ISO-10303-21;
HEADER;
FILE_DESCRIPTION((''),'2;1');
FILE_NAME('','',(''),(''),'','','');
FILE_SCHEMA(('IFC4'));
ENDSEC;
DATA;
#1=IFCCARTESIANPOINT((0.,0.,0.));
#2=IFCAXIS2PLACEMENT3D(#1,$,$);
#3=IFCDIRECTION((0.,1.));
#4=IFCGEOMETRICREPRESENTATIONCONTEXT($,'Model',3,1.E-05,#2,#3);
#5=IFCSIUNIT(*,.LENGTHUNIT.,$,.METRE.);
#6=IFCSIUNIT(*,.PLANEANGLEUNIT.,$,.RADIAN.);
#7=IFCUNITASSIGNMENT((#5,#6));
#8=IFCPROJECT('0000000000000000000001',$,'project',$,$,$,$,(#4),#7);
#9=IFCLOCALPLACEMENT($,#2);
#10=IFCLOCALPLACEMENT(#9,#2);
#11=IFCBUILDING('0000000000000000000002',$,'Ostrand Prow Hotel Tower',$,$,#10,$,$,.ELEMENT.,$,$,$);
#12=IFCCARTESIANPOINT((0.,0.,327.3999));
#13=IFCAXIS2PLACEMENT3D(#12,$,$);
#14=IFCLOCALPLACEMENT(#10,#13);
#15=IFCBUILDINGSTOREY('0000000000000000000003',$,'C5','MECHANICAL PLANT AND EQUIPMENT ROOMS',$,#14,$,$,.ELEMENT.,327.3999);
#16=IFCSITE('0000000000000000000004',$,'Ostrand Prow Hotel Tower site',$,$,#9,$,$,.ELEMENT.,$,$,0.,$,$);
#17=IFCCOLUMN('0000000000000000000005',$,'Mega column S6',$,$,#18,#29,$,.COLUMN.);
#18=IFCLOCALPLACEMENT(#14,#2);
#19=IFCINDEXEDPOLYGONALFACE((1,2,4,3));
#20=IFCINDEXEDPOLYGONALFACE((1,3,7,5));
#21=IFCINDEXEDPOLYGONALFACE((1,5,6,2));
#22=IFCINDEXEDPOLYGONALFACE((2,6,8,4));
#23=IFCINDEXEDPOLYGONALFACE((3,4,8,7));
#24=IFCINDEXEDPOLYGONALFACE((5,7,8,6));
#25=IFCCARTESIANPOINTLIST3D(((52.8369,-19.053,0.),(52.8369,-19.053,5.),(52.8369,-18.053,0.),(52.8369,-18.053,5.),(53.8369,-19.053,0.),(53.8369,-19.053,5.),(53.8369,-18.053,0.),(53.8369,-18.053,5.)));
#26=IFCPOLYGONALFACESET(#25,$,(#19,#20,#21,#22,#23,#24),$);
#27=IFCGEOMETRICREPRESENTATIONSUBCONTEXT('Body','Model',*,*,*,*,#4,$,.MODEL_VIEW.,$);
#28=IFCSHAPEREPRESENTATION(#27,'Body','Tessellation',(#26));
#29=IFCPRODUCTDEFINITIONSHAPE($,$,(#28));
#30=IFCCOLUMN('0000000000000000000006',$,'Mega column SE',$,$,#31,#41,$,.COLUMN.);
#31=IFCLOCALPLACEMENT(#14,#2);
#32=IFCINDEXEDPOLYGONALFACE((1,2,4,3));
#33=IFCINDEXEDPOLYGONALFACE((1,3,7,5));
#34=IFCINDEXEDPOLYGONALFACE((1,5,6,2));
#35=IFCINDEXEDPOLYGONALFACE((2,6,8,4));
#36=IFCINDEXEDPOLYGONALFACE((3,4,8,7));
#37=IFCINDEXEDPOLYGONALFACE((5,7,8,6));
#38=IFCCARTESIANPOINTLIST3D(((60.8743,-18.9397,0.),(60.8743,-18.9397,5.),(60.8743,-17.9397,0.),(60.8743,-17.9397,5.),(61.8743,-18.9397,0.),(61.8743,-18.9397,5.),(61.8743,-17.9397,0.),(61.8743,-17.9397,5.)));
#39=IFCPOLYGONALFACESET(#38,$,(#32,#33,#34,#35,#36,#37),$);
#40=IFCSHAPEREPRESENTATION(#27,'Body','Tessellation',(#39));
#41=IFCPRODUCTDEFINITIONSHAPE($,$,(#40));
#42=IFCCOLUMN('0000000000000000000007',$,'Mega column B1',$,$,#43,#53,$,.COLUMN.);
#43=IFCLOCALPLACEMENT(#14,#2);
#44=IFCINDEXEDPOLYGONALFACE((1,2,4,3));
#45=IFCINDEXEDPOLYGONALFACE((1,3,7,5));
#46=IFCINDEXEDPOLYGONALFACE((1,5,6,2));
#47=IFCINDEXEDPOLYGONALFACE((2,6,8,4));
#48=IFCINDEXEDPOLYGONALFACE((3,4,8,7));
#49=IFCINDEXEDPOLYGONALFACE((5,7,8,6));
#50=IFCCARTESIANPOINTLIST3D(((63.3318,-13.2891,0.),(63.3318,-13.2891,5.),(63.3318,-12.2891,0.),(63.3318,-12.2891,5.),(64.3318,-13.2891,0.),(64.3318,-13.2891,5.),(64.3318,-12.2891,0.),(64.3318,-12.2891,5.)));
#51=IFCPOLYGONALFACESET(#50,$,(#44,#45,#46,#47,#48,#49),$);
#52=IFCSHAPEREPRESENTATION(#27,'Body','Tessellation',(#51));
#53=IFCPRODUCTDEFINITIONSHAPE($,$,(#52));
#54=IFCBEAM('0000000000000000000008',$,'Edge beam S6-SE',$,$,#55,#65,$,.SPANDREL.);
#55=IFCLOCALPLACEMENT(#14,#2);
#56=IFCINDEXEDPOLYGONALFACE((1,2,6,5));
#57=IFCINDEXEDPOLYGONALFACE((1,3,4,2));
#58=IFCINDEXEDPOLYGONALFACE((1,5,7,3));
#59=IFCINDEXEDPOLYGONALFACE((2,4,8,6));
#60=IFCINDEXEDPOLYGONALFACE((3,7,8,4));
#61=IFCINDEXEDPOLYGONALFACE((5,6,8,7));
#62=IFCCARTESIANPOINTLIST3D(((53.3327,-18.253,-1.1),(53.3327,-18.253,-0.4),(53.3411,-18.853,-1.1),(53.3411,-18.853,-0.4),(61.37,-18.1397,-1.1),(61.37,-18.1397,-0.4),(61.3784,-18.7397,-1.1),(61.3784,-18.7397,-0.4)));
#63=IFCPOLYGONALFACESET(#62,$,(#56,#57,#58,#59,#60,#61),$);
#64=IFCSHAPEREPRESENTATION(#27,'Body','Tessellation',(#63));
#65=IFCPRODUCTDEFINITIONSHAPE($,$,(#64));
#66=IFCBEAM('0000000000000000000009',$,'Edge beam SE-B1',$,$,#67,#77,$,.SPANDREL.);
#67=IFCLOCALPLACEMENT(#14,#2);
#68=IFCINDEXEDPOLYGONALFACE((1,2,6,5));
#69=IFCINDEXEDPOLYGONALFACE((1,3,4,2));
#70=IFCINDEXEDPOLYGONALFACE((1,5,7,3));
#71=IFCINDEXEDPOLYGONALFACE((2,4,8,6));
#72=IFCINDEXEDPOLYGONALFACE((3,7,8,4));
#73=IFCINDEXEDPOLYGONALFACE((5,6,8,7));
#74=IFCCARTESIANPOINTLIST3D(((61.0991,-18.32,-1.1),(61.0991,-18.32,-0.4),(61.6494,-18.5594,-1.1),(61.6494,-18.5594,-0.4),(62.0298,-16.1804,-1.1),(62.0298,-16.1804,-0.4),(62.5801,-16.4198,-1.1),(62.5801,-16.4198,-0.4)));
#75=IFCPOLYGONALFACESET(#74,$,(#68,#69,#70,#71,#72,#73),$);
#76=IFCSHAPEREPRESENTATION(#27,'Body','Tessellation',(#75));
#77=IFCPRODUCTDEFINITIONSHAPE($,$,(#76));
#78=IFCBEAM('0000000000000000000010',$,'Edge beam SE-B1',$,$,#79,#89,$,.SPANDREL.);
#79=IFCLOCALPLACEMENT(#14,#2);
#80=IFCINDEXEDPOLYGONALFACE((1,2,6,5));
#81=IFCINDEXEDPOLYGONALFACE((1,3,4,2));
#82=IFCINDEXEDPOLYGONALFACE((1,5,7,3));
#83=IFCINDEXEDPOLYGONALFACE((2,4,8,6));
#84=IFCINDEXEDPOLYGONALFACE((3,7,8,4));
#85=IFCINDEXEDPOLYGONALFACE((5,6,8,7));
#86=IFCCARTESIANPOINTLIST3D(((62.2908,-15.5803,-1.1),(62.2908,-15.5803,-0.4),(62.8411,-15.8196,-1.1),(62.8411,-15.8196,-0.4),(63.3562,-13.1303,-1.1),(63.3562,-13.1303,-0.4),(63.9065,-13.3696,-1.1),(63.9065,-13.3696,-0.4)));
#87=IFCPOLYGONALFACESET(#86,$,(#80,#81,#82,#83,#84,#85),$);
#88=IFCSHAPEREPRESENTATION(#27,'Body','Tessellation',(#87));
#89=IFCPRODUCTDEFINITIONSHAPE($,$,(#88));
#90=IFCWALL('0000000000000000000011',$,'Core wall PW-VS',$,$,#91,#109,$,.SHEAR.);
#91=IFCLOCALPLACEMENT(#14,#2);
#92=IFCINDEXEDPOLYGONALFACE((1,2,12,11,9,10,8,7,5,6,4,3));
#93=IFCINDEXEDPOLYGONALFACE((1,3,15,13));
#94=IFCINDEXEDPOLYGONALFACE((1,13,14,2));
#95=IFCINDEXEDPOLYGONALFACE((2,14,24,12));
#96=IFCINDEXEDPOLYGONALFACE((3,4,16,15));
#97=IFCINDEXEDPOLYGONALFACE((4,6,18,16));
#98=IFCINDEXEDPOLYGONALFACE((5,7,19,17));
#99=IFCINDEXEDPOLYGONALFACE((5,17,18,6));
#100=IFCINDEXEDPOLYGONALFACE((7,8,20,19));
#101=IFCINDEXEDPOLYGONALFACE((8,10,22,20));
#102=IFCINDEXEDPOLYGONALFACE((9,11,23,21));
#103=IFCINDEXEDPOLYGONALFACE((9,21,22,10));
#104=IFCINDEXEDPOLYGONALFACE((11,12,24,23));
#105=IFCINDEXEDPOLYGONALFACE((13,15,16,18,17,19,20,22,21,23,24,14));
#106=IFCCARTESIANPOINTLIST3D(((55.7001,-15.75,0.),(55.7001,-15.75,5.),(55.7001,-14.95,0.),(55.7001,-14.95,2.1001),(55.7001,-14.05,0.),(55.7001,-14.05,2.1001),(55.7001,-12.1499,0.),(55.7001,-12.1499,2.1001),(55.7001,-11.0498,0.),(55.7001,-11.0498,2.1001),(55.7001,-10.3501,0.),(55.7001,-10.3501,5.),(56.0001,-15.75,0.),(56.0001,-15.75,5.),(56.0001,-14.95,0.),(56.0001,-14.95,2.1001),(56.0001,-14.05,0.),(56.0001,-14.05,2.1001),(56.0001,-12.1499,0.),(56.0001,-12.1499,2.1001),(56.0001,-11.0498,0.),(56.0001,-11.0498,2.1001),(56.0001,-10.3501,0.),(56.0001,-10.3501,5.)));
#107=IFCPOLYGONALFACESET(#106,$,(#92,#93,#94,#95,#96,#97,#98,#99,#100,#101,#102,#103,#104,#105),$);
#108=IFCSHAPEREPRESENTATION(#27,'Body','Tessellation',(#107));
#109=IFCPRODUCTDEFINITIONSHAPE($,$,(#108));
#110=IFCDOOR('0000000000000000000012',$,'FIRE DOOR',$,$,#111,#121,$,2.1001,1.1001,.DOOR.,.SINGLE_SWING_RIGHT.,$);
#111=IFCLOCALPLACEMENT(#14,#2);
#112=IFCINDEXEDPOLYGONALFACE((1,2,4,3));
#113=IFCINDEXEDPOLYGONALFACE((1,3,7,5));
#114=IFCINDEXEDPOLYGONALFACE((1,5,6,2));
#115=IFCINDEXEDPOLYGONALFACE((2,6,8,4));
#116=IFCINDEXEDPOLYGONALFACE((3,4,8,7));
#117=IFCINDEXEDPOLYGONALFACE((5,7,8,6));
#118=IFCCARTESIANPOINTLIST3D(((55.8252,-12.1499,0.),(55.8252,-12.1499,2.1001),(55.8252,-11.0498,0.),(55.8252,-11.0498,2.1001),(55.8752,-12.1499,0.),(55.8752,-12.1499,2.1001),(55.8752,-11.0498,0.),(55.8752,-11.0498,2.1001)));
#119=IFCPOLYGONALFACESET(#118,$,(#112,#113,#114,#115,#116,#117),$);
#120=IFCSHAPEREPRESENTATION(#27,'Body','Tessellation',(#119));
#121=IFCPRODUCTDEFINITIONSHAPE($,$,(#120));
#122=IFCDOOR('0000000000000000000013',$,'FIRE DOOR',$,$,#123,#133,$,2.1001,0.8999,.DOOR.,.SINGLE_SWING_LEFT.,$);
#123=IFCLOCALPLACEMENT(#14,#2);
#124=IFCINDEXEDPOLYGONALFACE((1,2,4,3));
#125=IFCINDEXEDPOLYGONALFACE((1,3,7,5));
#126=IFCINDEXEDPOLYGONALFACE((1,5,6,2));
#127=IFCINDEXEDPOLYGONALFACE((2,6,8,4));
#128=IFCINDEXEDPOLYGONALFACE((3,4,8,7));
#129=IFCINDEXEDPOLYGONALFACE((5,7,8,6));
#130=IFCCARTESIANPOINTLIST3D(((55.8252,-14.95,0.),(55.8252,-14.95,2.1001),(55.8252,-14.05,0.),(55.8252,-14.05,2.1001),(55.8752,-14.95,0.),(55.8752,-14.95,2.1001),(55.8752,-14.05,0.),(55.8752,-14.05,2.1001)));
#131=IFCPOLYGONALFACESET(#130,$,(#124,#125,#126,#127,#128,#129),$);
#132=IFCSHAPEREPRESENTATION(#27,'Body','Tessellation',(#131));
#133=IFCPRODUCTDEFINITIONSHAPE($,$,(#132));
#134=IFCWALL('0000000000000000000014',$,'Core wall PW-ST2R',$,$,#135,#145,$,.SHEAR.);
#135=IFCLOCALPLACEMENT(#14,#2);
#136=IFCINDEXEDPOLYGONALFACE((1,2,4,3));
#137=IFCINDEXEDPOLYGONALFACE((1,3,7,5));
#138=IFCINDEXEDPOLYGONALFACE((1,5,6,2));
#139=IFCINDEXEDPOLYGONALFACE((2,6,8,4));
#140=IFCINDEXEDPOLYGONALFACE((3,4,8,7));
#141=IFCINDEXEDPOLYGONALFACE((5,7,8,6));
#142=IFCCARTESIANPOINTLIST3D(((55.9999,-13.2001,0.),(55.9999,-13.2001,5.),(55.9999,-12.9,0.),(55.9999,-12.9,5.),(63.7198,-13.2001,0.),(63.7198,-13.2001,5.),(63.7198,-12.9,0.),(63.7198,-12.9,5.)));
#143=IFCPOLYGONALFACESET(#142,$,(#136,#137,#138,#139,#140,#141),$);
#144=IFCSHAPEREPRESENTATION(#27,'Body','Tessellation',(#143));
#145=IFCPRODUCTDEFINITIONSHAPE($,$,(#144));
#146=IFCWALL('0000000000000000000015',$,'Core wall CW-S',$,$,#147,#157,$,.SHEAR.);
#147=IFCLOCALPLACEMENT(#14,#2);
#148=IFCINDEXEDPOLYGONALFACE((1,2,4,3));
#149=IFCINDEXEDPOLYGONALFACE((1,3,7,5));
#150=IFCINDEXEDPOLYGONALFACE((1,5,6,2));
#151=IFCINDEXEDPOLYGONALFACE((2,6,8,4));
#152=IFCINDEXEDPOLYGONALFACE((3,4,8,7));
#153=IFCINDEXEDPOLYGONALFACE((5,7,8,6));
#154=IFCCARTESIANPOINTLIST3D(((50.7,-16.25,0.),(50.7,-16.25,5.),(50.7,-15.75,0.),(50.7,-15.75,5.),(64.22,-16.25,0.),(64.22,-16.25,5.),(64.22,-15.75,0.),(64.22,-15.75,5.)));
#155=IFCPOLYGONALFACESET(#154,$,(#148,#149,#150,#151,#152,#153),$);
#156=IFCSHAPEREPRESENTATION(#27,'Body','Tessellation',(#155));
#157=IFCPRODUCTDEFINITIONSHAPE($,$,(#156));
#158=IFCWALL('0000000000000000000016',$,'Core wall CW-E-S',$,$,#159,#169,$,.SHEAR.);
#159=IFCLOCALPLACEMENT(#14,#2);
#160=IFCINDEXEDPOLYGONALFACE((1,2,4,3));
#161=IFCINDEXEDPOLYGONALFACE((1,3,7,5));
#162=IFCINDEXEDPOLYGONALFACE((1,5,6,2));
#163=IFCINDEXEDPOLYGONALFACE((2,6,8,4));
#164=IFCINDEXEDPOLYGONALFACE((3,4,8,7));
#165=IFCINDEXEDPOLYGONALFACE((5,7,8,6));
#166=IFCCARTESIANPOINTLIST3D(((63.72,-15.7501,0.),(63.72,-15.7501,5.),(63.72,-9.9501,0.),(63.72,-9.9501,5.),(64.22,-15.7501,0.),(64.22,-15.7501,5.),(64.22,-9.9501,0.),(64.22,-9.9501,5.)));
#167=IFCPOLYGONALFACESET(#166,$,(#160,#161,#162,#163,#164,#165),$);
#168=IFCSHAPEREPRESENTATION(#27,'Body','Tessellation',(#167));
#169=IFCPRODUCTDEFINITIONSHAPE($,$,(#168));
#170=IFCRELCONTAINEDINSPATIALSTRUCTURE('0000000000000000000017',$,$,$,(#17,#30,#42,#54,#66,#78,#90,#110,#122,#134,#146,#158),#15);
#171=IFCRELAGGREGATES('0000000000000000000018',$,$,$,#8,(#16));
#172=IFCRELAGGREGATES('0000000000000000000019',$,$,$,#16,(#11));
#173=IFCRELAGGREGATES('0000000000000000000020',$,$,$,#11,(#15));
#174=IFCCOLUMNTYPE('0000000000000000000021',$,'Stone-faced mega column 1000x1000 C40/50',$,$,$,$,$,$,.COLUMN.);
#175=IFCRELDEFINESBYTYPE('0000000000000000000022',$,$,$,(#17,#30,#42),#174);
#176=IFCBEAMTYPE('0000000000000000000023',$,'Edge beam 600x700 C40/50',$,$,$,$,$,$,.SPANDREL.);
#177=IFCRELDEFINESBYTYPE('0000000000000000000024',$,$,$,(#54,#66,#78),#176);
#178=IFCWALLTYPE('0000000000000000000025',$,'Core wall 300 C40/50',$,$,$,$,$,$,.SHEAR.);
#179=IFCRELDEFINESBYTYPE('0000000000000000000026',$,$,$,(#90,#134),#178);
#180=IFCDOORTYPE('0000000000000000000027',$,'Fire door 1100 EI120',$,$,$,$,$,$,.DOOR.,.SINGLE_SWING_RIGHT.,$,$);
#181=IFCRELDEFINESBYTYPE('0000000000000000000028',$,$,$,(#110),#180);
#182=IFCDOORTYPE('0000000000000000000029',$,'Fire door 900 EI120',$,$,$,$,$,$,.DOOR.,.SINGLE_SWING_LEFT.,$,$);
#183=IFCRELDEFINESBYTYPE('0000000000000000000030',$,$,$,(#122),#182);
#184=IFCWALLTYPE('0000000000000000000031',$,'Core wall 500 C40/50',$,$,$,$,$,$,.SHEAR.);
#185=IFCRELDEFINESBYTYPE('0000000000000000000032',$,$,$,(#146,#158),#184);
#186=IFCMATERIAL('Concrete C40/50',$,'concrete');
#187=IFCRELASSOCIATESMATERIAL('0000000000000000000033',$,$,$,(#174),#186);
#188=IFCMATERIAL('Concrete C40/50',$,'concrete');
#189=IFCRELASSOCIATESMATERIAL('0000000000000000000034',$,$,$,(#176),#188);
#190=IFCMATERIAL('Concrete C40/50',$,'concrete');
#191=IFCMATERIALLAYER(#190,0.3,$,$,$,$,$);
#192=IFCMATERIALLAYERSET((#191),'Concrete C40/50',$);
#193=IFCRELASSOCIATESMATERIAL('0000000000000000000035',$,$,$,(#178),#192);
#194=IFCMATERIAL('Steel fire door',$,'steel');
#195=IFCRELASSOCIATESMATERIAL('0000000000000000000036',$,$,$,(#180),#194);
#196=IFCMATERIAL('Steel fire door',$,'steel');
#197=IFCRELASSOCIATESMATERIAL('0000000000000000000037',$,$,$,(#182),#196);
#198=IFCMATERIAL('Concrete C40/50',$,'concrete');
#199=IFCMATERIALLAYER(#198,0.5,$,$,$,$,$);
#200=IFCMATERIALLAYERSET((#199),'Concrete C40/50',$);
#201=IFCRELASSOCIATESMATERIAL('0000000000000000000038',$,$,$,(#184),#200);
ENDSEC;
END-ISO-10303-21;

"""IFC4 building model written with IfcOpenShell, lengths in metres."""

from ifc_helpers import new_model, si_unit, direction, frame, frame_2d, origin, origin_2d, place, context, subcontext, project, spatial, rectangle, extrude, material, layer, layer_set, material_profile, profile_set, type_object, element, fill, save


model = new_model("IFC4")

# Units and contexts
model_context = context("Model", 3, precision=1e-05, world=origin(), true_north=direction((0.0, 1.0)))
body_context = subcontext(model_context, "Body", "Model", "MODEL_VIEW")
ifc_project = project(units=[si_unit("LENGTHUNIT", "METRE"), si_unit("PLANEANGLEUNIT", "RADIAN")], contexts=[model_context])

# Site, building, storey
site_placement = place(None, origin())
site = spatial("IfcSite", under=ifc_project, at=site_placement, Name="Ostrand Prow Hotel Tower site", CompositionType="ELEMENT", RefElevation=0.0)
building_placement = place(site_placement, origin())
building = spatial("IfcBuilding", under=site, at=building_placement, Name="Ostrand Prow Hotel Tower", CompositionType="ELEMENT")
storey_placement = place(building_placement, frame((0.0, 0.0, 327.3999)))
storey = spatial("IfcBuildingStorey", under=building, at=storey_placement, Name="C5", Description="MECHANICAL PLANT AND EQUIPMENT ROOMS", CompositionType="ELEMENT", Elevation=327.3999)

# Columns
ifc_material_1 = material(Name="Concrete C40/50", Category="concrete")
ifc_material_profile_1 = material_profile(ifc_material_1, rectangle(XDim=1.0, YDim=1.0, at=origin_2d()), Name="RC 1000x1000")
ifc_profile_set_1 = profile_set([ifc_material_profile_1], Name="Concrete C40/50")
column_type = type_object("IfcColumnType", Name="Stone-faced mega column 1000x1000 C40/50", PredefinedType="COLUMN", material=ifc_profile_set_1)
for number, where, z_axis, x_axis, name in (
    (1, (53.3369, -18.553, 0.0), (0.0, 0.0, 1.0), (1.0, 0.0, 0.0), "Mega column S6"),
    (2, (61.3743, -18.4397, 0.0), (0.0, 0.0, 1.0), (1.0, 0.0, 0.0), "Mega column SE"),
    (3, (63.8318, -12.7891, 0.0), (0.0, 0.0, 1.0), (1.0, 0.0, 0.0), "Mega column B1"),
):
    element("IfcColumn", number, at=place(storey_placement, frame(where, z_axis=z_axis, x_axis=x_axis)), inside=storey, type_object=column_type, Name=name, PredefinedType="COLUMN", context=body_context, shape_type="SweptSolid", body=[
        extrude(rectangle(XDim=1.0, YDim=1.0, at=origin_2d()), origin(), (0.0, 0.0, 1.0), 5.0),
    ])

# Beams
ifc_material_2 = material(Name="Concrete C40/50", Category="concrete")
ifc_material_profile_2 = material_profile(ifc_material_2, rectangle(XDim=0.6001, YDim=0.7, at=origin_2d()), Name="RC 600x700")
ifc_profile_set_2 = profile_set([ifc_material_profile_2], Name="Concrete C40/50")
beam_type = type_object("IfcBeamType", Name="Edge beam 600x700 C40/50", PredefinedType="SPANDREL", material=ifc_profile_set_2)
beam_1_placement = place(storey_placement, frame((53.3369, -18.553, -0.75), z_axis=(0.999901, 0.014093, 0.0), x_axis=(-0.014093, 0.999901, 0.0)))
element("IfcBeam", 4, at=beam_1_placement, inside=storey, type_object=beam_type, Name="Edge beam S6-SE", PredefinedType="SPANDREL", context=body_context, shape_type="SweptSolid", body=[
    extrude(rectangle(XDim=0.6001, YDim=0.7, at=origin_2d()), origin(), (0.0, 0.0, 1.0), 8.0381),
])
beam_2_placement = place(storey_placement, frame((61.3743, -18.4397, -0.75), z_axis=(0.398864, 0.91701, 0.0), x_axis=(-0.91701, 0.398864, 0.0)))
element("IfcBeam", 5, at=beam_2_placement, inside=storey, type_object=beam_type, Name="Edge beam SE-B1", PredefinedType="SPANDREL", context=body_context, shape_type="SweptSolid", body=[
    extrude(rectangle(XDim=0.6001, YDim=0.7, at=origin_2d()), origin(), (0.0, 0.0, 1.0), 2.3333),
])
beam_3_placement = place(storey_placement, frame((62.5659, -15.7, -0.75), z_axis=(0.3988, 0.917038, 0.0), x_axis=(-0.917038, 0.3988, 0.0)))
element("IfcBeam", 6, at=beam_3_placement, inside=storey, type_object=beam_type, Name="Edge beam SE-B1", PredefinedType="SPANDREL", context=body_context, shape_type="SweptSolid", body=[
    extrude(rectangle(XDim=0.6001, YDim=0.7, at=origin_2d()), origin(), (0.0, 0.0, 1.0), 2.6716),
])

# Wall, openings, doors
ifc_material_3 = material(Name="Concrete C40/50", Category="concrete")
ifc_layer_1 = layer(ifc_material_3, 0.3)
ifc_layer_set_1 = layer_set([ifc_layer_1], Name="Concrete C40/50")
wall_type_1 = type_object("IfcWallType", Name="Core wall 300 C40/50", PredefinedType="SHEAR", material=ifc_layer_set_1)
wall_1_placement = place(storey_placement, frame((55.8501, -15.75, 0.0), z_axis=(0.0, 0.0, 1.0), x_axis=(0.0, 1.0, 0.0)))
wall_1 = element("IfcWall", 7, at=wall_1_placement, inside=storey, type_object=wall_type_1, Name="Core wall PW-VS", PredefinedType="SHEAR", context=body_context, shape_type="SweptSolid", body=[
    extrude(rectangle(XDim=5.3999, YDim=0.3, at=frame_2d((2.7, 0.0))), origin(), (0.0, 0.0, 1.0), 5.0),
])
opening_1_placement = place(wall_1_placement, frame((3.6001, 0.0, 0.0)))
opening_1 = element("IfcOpeningElement", 8, at=opening_1_placement, cuts=wall_1, PredefinedType="OPENING", context=body_context, shape_type="SweptSolid", body=[
    extrude(rectangle(XDim=1.1001, YDim=2.1001, at=frame_2d((0.55, 1.05))), frame((0.0, 0.1599, 0.0), z_axis=(0.0, -1.0, 0.0), x_axis=(1.0, 0.0, 0.0)), (0.0, 0.0, 1.0), 0.3201),
])
opening_2_placement = place(wall_1_placement, frame((0.8, 0.0, 0.0)))
opening_2 = element("IfcOpeningElement", 9, at=opening_2_placement, cuts=wall_1, PredefinedType="OPENING", context=body_context, shape_type="SweptSolid", body=[
    extrude(rectangle(XDim=0.8999, YDim=2.1001, at=frame_2d((0.45, 1.05))), frame((0.0, 0.1599, 0.0), z_axis=(0.0, -1.0, 0.0), x_axis=(1.0, 0.0, 0.0)), (0.0, 0.0, 1.0), 0.3201),
])
ifc_material_4 = material(Name="Steel fire door", Category="steel")
door_type_1 = type_object("IfcDoorType", Name="Fire door 1100 EI120", OperationType="SINGLE_SWING_RIGHT", PredefinedType="DOOR", material=ifc_material_4)
door_1_placement = place(opening_1_placement, origin())
door_1 = element("IfcDoor", 10, at=door_1_placement, inside=storey, type_object=door_type_1, Name="FIRE DOOR", OperationType="SINGLE_SWING_RIGHT", OverallHeight=2.1001, OverallWidth=1.1001, PredefinedType="DOOR", context=body_context, shape_type="SweptSolid", body=[
    extrude(rectangle(XDim=1.1001, YDim=2.1001, at=frame_2d((0.55, 1.05))), frame((0.0, 0.0249, 0.0), z_axis=(0.0, -1.0, 0.0), x_axis=(1.0, 0.0, 0.0)), (0.0, 0.0, 1.0), 0.05),
])
fill(opening_1, door_1)
ifc_material_5 = material(Name="Steel fire door", Category="steel")
door_type_2 = type_object("IfcDoorType", Name="Fire door 900 EI120", OperationType="SINGLE_SWING_LEFT", PredefinedType="DOOR", material=ifc_material_5)
door_2_placement = place(opening_2_placement, origin())
door_2 = element("IfcDoor", 11, at=door_2_placement, inside=storey, type_object=door_type_2, Name="FIRE DOOR", OperationType="SINGLE_SWING_LEFT", OverallHeight=2.1001, OverallWidth=0.8999, PredefinedType="DOOR", context=body_context, shape_type="SweptSolid", body=[
    extrude(rectangle(XDim=0.8999, YDim=2.1001, at=frame_2d((0.45, 1.05))), frame((0.0, 0.0249, 0.0), z_axis=(0.0, -1.0, 0.0), x_axis=(1.0, 0.0, 0.0)), (0.0, 0.0, 1.0), 0.05),
])
fill(opening_2, door_2)

# Walls
wall_2_placement = place(storey_placement, frame((56.0, -13.05, 0.0), z_axis=(0.0, 0.0, 1.0), x_axis=(1.0, 0.0, 0.0)))
element("IfcWall", 12, at=wall_2_placement, inside=storey, type_object=wall_type_1, Name="Core wall PW-ST2R", PredefinedType="SHEAR", context=body_context, shape_type="SweptSolid", body=[
    extrude(rectangle(XDim=7.72, YDim=0.3, at=frame_2d((3.8599, 0.0))), origin(), (0.0, 0.0, 1.0), 5.0),
])
ifc_material_6 = material(Name="Concrete C40/50", Category="concrete")
ifc_layer_2 = layer(ifc_material_6, 0.5)
ifc_layer_set_2 = layer_set([ifc_layer_2], Name="Concrete C40/50")
wall_type_2 = type_object("IfcWallType", Name="Core wall 500 C40/50", PredefinedType="SHEAR", material=ifc_layer_set_2)
wall_3_placement = place(storey_placement, frame((50.7, -16.0, 0.0), z_axis=(0.0, 0.0, 1.0), x_axis=(1.0, 0.0, 0.0)))
element("IfcWall", 13, at=wall_3_placement, inside=storey, type_object=wall_type_2, Name="Core wall CW-S", PredefinedType="SHEAR", context=body_context, shape_type="SweptSolid", body=[
    extrude(rectangle(XDim=13.52, YDim=0.5, at=frame_2d((6.76, 0.0))), origin(), (0.0, 0.0, 1.0), 5.0),
])
wall_4_placement = place(storey_placement, frame((63.97, -15.75, 0.0), z_axis=(0.0, 0.0, 1.0), x_axis=(0.0, 1.0, 0.0)))
element("IfcWall", 14, at=wall_4_placement, inside=storey, type_object=wall_type_2, Name="Core wall CW-E-S", PredefinedType="SHEAR", context=body_context, shape_type="SweptSolid", body=[
    extrude(rectangle(XDim=5.8, YDim=0.5, at=frame_2d((2.8999, 0.0))), origin(), (0.0, 0.0, 1.0), 5.0),
])

save(model, "model.ifc")
